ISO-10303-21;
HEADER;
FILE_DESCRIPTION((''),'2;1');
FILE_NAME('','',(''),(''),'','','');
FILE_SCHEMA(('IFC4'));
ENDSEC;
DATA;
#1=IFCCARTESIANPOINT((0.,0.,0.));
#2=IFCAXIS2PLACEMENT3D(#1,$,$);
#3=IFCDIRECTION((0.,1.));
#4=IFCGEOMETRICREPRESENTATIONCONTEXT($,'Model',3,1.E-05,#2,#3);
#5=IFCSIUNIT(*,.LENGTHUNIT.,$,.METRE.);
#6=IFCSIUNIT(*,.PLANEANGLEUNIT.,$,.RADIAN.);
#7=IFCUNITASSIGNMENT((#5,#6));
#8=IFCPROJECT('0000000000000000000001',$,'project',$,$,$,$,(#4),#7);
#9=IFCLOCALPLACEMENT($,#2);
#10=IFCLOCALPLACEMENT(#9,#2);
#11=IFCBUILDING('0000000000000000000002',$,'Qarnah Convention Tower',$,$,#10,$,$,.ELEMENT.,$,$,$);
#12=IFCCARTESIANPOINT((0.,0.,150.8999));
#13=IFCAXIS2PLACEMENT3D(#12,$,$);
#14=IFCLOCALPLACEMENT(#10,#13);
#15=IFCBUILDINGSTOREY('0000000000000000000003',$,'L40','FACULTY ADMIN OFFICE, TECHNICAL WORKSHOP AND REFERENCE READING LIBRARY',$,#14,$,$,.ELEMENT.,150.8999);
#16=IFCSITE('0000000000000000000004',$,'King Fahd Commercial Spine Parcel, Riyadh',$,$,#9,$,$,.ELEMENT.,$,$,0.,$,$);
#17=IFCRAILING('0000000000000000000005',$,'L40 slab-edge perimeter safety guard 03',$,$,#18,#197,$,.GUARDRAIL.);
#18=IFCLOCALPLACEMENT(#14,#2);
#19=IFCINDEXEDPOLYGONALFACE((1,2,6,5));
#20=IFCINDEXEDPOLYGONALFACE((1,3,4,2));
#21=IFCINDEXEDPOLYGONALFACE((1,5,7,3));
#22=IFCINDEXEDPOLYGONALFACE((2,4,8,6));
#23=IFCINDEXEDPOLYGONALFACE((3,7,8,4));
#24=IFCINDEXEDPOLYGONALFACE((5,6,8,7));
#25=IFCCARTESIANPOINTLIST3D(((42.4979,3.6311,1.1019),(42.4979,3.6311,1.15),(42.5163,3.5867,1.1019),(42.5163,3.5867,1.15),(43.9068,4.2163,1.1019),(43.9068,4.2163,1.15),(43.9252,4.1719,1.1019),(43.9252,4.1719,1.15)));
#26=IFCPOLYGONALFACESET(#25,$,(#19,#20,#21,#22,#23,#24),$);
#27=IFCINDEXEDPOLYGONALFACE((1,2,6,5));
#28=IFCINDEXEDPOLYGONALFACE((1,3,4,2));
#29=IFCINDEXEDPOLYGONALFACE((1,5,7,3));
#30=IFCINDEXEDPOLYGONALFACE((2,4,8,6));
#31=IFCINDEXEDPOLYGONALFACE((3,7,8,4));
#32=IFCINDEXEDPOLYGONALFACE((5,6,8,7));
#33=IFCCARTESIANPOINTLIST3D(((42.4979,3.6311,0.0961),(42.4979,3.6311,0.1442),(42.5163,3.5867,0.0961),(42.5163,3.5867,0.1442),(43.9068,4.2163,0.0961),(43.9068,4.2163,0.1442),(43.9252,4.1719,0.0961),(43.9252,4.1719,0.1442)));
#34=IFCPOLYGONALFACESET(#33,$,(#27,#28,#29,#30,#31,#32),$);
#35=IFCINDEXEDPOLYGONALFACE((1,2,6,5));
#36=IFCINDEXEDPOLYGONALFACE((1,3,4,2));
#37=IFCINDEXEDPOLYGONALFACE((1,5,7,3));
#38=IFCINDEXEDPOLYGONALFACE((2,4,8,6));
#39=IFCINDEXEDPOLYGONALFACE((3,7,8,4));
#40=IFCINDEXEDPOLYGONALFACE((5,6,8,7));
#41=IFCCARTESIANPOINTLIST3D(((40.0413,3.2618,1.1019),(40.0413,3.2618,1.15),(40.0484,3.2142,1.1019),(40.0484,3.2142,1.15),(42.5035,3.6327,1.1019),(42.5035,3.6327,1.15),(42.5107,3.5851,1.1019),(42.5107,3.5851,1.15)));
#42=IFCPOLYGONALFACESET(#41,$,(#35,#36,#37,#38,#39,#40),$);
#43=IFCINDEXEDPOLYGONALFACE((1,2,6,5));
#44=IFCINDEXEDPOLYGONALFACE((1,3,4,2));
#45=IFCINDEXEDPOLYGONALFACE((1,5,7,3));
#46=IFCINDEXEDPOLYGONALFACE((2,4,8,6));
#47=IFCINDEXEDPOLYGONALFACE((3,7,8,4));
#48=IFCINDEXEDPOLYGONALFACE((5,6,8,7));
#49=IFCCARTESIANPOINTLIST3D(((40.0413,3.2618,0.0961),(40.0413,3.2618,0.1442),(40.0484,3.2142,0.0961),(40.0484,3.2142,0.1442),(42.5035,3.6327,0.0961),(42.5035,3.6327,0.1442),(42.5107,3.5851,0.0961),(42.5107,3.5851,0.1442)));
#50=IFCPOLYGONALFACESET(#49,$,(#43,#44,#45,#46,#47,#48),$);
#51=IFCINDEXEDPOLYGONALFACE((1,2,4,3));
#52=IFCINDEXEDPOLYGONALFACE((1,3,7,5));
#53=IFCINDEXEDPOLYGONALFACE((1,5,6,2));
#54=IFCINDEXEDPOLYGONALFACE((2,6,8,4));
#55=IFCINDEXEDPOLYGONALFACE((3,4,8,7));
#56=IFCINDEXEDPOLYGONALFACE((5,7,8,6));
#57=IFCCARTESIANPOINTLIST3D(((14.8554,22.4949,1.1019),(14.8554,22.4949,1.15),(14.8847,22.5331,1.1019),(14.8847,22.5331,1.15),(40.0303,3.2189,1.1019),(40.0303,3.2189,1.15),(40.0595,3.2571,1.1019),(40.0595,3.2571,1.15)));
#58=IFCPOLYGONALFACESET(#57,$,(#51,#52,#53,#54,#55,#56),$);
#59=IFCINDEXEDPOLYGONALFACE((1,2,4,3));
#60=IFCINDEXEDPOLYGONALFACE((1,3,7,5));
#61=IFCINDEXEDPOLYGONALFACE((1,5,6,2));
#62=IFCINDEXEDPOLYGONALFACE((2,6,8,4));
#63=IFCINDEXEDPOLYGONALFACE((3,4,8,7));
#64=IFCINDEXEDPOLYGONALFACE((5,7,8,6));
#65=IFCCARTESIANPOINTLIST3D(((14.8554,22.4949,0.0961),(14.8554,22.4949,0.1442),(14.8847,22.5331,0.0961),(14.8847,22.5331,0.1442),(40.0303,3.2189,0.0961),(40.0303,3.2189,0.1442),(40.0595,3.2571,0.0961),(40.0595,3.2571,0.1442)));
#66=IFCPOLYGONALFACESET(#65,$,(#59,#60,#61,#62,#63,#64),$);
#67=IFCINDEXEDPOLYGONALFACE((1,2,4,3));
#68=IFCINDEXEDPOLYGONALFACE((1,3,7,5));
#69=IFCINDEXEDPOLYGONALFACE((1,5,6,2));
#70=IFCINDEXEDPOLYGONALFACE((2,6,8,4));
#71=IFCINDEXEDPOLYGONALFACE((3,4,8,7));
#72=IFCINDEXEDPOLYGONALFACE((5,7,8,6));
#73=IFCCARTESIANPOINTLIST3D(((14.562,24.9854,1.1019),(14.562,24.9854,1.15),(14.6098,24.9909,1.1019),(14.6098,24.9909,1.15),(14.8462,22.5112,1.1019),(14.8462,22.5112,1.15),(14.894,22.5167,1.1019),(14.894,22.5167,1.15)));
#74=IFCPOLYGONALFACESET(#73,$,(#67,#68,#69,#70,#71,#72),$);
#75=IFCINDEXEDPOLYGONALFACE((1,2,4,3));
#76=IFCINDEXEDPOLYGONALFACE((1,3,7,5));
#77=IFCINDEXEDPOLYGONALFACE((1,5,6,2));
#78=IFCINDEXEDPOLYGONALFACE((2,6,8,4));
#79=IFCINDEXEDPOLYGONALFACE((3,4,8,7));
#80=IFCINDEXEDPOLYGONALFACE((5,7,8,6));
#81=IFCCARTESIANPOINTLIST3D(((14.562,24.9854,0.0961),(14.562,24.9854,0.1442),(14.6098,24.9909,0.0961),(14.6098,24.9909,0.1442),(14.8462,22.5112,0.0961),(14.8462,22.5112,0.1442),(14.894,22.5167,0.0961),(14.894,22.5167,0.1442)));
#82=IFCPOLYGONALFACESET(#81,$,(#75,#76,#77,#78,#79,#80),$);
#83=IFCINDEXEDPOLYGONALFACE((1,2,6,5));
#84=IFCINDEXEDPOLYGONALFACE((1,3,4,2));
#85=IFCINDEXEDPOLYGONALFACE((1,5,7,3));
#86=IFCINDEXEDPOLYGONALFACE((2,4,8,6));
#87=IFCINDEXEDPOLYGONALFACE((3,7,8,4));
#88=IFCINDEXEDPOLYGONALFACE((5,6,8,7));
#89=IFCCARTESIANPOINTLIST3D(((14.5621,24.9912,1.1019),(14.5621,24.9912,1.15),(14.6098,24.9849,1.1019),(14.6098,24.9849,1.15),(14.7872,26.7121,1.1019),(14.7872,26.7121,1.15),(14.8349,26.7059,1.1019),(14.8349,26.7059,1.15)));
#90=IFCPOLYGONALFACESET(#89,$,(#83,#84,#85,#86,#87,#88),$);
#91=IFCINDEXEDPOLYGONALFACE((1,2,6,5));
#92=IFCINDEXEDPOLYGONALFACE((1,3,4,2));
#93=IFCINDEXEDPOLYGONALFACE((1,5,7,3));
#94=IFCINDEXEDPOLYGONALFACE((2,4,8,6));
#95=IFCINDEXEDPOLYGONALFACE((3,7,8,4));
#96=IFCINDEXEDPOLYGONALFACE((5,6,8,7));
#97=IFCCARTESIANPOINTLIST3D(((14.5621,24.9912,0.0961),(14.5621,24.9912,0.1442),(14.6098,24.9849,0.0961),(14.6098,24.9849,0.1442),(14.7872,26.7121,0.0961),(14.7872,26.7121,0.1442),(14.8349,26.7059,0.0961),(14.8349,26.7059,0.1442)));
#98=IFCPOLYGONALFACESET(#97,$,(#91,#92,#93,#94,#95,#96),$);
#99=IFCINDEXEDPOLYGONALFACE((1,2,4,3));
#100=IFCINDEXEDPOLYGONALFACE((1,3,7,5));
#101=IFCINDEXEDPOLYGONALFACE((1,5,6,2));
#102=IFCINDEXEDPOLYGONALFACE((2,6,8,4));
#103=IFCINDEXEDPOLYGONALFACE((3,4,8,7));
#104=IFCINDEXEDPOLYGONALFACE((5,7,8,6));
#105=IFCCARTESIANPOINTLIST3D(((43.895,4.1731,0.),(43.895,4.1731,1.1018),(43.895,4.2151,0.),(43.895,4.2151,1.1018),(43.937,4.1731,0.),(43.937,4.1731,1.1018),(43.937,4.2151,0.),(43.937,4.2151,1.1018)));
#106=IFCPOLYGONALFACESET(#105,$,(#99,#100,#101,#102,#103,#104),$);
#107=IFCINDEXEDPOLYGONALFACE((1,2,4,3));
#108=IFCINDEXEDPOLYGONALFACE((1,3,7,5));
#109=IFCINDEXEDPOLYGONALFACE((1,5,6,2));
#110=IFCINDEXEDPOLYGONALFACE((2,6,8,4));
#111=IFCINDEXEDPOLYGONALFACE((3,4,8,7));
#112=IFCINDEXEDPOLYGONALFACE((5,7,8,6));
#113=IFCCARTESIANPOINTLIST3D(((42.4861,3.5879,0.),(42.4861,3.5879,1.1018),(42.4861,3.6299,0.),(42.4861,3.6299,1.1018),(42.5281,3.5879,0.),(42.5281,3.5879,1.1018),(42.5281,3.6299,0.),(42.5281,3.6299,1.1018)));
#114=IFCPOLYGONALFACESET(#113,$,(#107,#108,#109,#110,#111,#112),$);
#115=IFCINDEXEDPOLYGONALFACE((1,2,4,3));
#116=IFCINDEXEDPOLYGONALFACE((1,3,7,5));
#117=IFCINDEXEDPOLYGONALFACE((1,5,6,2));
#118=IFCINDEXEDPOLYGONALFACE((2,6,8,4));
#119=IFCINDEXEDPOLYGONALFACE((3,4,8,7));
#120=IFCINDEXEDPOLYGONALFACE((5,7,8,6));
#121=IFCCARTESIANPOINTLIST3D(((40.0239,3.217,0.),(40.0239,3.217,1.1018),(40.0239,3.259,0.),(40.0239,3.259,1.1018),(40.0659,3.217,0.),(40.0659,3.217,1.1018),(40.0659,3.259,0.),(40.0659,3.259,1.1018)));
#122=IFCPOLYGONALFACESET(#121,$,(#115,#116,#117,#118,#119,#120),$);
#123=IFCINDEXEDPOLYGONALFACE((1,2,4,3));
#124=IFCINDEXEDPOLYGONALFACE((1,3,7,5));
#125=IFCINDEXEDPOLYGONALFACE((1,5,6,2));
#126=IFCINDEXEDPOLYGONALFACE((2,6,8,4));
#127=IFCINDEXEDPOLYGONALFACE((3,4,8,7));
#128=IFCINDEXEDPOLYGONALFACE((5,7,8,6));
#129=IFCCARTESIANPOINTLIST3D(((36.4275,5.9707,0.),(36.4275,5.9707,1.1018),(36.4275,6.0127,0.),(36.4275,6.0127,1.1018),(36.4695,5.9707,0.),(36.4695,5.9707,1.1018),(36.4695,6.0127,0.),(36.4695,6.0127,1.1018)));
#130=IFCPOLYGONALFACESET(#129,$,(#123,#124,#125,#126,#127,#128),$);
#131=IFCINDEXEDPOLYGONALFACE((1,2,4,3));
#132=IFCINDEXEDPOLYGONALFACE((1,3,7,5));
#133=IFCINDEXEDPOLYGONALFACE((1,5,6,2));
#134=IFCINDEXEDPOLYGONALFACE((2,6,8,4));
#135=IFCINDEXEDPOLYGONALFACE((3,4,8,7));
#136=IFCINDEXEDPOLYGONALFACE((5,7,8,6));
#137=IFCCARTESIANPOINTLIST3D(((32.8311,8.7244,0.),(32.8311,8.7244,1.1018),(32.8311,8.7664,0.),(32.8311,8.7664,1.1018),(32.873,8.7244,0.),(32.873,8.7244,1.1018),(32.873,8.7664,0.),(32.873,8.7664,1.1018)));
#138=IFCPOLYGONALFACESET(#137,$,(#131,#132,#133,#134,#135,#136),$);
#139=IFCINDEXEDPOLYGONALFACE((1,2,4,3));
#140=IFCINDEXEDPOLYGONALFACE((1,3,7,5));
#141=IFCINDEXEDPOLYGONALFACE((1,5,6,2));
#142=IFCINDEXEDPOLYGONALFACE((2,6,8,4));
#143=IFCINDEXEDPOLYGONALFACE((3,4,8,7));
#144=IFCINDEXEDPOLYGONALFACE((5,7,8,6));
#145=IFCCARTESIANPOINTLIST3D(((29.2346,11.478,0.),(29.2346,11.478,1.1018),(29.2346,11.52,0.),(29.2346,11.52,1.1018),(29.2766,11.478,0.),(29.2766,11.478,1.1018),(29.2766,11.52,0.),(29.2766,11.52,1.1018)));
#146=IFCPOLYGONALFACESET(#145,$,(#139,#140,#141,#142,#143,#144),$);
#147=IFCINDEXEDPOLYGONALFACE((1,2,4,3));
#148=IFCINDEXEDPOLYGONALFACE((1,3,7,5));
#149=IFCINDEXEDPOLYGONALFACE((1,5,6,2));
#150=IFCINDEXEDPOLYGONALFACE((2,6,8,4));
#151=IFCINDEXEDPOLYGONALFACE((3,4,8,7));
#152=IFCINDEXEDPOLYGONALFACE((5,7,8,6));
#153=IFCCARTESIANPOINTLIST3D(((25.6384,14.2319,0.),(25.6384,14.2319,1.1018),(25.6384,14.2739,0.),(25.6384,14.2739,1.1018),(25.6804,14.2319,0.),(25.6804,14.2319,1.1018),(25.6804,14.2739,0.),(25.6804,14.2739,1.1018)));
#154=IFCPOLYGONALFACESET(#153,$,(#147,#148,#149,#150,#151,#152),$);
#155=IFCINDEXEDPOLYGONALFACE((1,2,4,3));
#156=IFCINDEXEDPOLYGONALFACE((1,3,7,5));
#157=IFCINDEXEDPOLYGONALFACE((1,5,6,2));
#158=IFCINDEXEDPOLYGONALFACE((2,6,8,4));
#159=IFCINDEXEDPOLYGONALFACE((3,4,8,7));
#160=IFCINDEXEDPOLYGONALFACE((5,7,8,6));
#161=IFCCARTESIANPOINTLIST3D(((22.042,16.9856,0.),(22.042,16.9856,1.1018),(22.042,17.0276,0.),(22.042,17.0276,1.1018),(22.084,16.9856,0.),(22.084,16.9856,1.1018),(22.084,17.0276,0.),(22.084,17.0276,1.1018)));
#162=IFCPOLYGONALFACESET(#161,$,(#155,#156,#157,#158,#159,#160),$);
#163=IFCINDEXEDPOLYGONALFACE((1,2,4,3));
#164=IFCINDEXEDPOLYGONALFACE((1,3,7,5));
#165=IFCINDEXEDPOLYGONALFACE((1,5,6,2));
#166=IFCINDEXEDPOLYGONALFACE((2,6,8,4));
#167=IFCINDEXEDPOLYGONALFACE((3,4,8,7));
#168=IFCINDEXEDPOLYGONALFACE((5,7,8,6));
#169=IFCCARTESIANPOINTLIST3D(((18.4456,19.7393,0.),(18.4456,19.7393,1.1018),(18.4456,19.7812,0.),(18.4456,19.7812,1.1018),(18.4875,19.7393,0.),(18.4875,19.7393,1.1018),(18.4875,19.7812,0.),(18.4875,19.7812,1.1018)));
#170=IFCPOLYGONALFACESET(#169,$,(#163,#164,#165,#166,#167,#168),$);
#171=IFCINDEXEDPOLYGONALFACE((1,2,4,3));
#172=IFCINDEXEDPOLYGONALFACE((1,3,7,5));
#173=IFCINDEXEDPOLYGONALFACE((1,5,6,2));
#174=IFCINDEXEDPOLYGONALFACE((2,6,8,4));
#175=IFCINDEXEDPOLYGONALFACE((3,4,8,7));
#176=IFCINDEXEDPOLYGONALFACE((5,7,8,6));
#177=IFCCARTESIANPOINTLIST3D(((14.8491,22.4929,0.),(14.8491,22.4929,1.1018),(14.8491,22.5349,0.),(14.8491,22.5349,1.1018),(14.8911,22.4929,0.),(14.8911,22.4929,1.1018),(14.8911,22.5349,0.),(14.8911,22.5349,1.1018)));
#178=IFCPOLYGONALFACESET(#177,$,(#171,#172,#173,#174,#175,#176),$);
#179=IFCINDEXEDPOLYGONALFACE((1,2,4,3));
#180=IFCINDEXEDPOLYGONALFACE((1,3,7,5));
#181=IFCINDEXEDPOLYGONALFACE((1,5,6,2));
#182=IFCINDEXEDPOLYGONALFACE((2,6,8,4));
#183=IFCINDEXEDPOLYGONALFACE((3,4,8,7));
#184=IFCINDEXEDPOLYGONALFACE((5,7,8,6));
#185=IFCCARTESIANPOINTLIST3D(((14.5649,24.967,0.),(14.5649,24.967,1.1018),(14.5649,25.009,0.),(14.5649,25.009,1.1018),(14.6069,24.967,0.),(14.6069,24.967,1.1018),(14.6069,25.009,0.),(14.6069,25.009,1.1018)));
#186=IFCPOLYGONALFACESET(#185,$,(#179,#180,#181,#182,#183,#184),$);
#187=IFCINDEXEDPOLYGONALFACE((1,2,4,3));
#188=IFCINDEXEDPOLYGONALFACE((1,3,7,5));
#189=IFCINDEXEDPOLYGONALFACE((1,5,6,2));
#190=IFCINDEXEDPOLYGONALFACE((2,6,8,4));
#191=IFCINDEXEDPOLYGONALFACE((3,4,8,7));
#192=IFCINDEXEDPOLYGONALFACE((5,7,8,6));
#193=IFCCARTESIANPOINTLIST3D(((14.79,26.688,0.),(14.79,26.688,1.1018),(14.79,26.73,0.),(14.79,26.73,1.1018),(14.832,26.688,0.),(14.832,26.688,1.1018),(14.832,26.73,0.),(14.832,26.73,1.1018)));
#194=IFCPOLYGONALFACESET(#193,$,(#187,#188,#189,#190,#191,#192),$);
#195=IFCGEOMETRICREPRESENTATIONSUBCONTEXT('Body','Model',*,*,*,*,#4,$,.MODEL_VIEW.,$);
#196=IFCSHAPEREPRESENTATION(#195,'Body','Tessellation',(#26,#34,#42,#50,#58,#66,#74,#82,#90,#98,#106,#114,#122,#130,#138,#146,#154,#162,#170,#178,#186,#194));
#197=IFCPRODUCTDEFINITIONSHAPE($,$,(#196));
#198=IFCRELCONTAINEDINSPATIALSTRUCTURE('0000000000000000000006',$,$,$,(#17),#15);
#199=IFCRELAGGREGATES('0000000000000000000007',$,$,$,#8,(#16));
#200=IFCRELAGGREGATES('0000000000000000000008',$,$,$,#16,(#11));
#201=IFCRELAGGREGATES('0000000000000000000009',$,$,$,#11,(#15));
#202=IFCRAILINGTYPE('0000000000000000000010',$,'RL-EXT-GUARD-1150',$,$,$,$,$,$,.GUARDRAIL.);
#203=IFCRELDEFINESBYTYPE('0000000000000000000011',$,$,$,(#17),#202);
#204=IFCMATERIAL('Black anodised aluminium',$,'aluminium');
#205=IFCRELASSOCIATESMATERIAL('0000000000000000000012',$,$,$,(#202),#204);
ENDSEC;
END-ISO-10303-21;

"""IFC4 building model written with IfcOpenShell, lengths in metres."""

from ifc_helpers import new_model, si_unit, direction, frame, origin, origin_2d, place, context, subcontext, project, spatial, rectangle, extrude, material, type_object, element, save


model = new_model("IFC4")

# Units and contexts
model_context = context("Model", 3, precision=1e-05, world=origin(), true_north=direction((0.0, 1.0)))
body_context = subcontext(model_context, "Body", "Model", "MODEL_VIEW")
ifc_project = project(units=[si_unit("LENGTHUNIT", "METRE"), si_unit("PLANEANGLEUNIT", "RADIAN")], contexts=[model_context])

# Site, building, storey
site_placement = place(None, origin())
site = spatial("IfcSite", under=ifc_project, at=site_placement, Name="King Fahd Commercial Spine Parcel, Riyadh", CompositionType="ELEMENT", RefElevation=0.0)
building_placement = place(site_placement, origin())
building = spatial("IfcBuilding", under=site, at=building_placement, Name="Qarnah Convention Tower", CompositionType="ELEMENT")
storey_placement = place(building_placement, frame((0.0, 0.0, 150.8999)))
storey = spatial("IfcBuildingStorey", under=building, at=storey_placement, Name="L40", Description="FACULTY ADMIN OFFICE, TECHNICAL WORKSHOP AND REFERENCE READING LIBRARY", CompositionType="ELEMENT", Elevation=150.8999)

# Shared definitions
ifc_material_1 = material(Name="Black anodised aluminium", Category="aluminium")

# Railing
railing_type = type_object("IfcRailingType", Name="RL-EXT-GUARD-1150", PredefinedType="GUARDRAIL", material=ifc_material_1)
railing_1_placement = place(storey_placement, frame((43.916, 4.1941, 0.0)))
element("IfcRailing", 1, at=railing_1_placement, inside=storey, type_object=railing_type, Name="L40 slab-edge perimeter safety guard 03", PredefinedType="GUARDRAIL", context=body_context, shape_type="SweptSolid", body=[
    extrude(rectangle(XDim=0.0481, YDim=0.0481, at=origin_2d()), frame((0.0, 0.0, 1.126), z_axis=(-0.923507, -0.383581, 0.0), x_axis=(0.383581, -0.923507, 0.0)), (0.0, 0.0, 1.0), 1.5256),
    extrude(rectangle(XDim=0.0481, YDim=0.0481, at=origin_2d()), frame((0.0, 0.0, 0.1201), z_axis=(-0.923507, -0.383581, 0.0), x_axis=(0.383581, -0.923507, 0.0)), (0.0, 0.0, 1.0), 1.5256),
    extrude(rectangle(XDim=0.0481, YDim=0.0481, at=origin_2d()), frame((-1.4089, -0.5852, 1.126), z_axis=(-0.988846, -0.14894, 0.0), x_axis=(0.14894, -0.988846, 0.0)), (0.0, 0.0, 1.0), 2.49),
    extrude(rectangle(XDim=0.0481, YDim=0.0481, at=origin_2d()), frame((-1.4089, -0.5852, 0.1201), z_axis=(-0.988846, -0.14894, 0.0), x_axis=(0.14894, -0.988846, 0.0)), (0.0, 0.0, 1.0), 2.49),
    extrude(rectangle(XDim=0.0481, YDim=0.0481, at=origin_2d()), frame((-3.8711, -0.9561, 1.126), z_axis=(-0.793984, 0.607939, 0.0), x_axis=(-0.607939, -0.793984, 0.0)), (0.0, 0.0, 1.0), 31.707),
    extrude(rectangle(XDim=0.0481, YDim=0.0481, at=origin_2d()), frame((-3.8711, -0.9561, 0.1201), z_axis=(-0.793984, 0.607939, 0.0), x_axis=(-0.607939, -0.793984, 0.0)), (0.0, 0.0, 1.0), 31.707),
    extrude(rectangle(XDim=0.0481, YDim=0.0481, at=origin_2d()), frame((-29.0459, 18.3198, 1.126), z_axis=(-0.114111, 0.993468, 0.0), x_axis=(-0.993468, -0.114111, 0.0)), (0.0, 0.0, 1.0), 2.4905),
    extrude(rectangle(XDim=0.0481, YDim=0.0481, at=origin_2d()), frame((-29.0459, 18.3198, 0.1201), z_axis=(-0.114111, 0.993468, 0.0), x_axis=(-0.993468, -0.114111, 0.0)), (0.0, 0.0, 1.0), 2.4905),
    extrude(rectangle(XDim=0.0481, YDim=0.0481, at=origin_2d()), frame((-29.3301, 20.7939, 1.126), z_axis=(0.129694, 0.991554, 0.0), x_axis=(-0.991554, 0.129694, 0.0)), (0.0, 0.0, 1.0), 1.7356),
    extrude(rectangle(XDim=0.0481, YDim=0.0481, at=origin_2d()), frame((-29.3301, 20.7939, 0.1201), z_axis=(0.129694, 0.991554, 0.0), x_axis=(-0.991554, 0.129694, 0.0)), (0.0, 0.0, 1.0), 1.7356),
    extrude(rectangle(XDim=0.042, YDim=0.042, at=origin_2d()), origin(), (0.0, 0.0, 1.0), 1.1018),
    extrude(rectangle(XDim=0.042, YDim=0.042, at=origin_2d()), frame((-1.4089, -0.5852, 0.0)), (0.0, 0.0, 1.0), 1.1018),
    extrude(rectangle(XDim=0.042, YDim=0.042, at=origin_2d()), frame((-3.8711, -0.9561, 0.0)), (0.0, 0.0, 1.0), 1.1018),
    extrude(rectangle(XDim=0.042, YDim=0.042, at=origin_2d()), frame((-7.4675, 1.7976, 0.0)), (0.0, 0.0, 1.0), 1.1018),
    extrude(rectangle(XDim=0.042, YDim=0.042, at=origin_2d()), frame((-11.064, 4.5513, 0.0)), (0.0, 0.0, 1.0), 1.1018),
    extrude(rectangle(XDim=0.042, YDim=0.042, at=origin_2d()), frame((-14.6604, 7.3049, 0.0)), (0.0, 0.0, 1.0), 1.1018),
    extrude(rectangle(XDim=0.042, YDim=0.042, at=origin_2d()), frame((-18.2566, 10.0588, 0.0)), (0.0, 0.0, 1.0), 1.1018),
    extrude(rectangle(XDim=0.042, YDim=0.042, at=origin_2d()), frame((-21.853, 12.8125, 0.0)), (0.0, 0.0, 1.0), 1.1018),
    extrude(rectangle(XDim=0.042, YDim=0.042, at=origin_2d()), frame((-25.4495, 15.5662, 0.0)), (0.0, 0.0, 1.0), 1.1018),
    extrude(rectangle(XDim=0.042, YDim=0.042, at=origin_2d()), frame((-29.0459, 18.3198, 0.0)), (0.0, 0.0, 1.0), 1.1018),
    extrude(rectangle(XDim=0.042, YDim=0.042, at=origin_2d()), frame((-29.3301, 20.7939, 0.0)), (0.0, 0.0, 1.0), 1.1018),
    extrude(rectangle(XDim=0.042, YDim=0.042, at=origin_2d()), frame((-29.105, 22.5149, 0.0)), (0.0, 0.0, 1.0), 1.1018),
])

save(model, "model.ifc")
